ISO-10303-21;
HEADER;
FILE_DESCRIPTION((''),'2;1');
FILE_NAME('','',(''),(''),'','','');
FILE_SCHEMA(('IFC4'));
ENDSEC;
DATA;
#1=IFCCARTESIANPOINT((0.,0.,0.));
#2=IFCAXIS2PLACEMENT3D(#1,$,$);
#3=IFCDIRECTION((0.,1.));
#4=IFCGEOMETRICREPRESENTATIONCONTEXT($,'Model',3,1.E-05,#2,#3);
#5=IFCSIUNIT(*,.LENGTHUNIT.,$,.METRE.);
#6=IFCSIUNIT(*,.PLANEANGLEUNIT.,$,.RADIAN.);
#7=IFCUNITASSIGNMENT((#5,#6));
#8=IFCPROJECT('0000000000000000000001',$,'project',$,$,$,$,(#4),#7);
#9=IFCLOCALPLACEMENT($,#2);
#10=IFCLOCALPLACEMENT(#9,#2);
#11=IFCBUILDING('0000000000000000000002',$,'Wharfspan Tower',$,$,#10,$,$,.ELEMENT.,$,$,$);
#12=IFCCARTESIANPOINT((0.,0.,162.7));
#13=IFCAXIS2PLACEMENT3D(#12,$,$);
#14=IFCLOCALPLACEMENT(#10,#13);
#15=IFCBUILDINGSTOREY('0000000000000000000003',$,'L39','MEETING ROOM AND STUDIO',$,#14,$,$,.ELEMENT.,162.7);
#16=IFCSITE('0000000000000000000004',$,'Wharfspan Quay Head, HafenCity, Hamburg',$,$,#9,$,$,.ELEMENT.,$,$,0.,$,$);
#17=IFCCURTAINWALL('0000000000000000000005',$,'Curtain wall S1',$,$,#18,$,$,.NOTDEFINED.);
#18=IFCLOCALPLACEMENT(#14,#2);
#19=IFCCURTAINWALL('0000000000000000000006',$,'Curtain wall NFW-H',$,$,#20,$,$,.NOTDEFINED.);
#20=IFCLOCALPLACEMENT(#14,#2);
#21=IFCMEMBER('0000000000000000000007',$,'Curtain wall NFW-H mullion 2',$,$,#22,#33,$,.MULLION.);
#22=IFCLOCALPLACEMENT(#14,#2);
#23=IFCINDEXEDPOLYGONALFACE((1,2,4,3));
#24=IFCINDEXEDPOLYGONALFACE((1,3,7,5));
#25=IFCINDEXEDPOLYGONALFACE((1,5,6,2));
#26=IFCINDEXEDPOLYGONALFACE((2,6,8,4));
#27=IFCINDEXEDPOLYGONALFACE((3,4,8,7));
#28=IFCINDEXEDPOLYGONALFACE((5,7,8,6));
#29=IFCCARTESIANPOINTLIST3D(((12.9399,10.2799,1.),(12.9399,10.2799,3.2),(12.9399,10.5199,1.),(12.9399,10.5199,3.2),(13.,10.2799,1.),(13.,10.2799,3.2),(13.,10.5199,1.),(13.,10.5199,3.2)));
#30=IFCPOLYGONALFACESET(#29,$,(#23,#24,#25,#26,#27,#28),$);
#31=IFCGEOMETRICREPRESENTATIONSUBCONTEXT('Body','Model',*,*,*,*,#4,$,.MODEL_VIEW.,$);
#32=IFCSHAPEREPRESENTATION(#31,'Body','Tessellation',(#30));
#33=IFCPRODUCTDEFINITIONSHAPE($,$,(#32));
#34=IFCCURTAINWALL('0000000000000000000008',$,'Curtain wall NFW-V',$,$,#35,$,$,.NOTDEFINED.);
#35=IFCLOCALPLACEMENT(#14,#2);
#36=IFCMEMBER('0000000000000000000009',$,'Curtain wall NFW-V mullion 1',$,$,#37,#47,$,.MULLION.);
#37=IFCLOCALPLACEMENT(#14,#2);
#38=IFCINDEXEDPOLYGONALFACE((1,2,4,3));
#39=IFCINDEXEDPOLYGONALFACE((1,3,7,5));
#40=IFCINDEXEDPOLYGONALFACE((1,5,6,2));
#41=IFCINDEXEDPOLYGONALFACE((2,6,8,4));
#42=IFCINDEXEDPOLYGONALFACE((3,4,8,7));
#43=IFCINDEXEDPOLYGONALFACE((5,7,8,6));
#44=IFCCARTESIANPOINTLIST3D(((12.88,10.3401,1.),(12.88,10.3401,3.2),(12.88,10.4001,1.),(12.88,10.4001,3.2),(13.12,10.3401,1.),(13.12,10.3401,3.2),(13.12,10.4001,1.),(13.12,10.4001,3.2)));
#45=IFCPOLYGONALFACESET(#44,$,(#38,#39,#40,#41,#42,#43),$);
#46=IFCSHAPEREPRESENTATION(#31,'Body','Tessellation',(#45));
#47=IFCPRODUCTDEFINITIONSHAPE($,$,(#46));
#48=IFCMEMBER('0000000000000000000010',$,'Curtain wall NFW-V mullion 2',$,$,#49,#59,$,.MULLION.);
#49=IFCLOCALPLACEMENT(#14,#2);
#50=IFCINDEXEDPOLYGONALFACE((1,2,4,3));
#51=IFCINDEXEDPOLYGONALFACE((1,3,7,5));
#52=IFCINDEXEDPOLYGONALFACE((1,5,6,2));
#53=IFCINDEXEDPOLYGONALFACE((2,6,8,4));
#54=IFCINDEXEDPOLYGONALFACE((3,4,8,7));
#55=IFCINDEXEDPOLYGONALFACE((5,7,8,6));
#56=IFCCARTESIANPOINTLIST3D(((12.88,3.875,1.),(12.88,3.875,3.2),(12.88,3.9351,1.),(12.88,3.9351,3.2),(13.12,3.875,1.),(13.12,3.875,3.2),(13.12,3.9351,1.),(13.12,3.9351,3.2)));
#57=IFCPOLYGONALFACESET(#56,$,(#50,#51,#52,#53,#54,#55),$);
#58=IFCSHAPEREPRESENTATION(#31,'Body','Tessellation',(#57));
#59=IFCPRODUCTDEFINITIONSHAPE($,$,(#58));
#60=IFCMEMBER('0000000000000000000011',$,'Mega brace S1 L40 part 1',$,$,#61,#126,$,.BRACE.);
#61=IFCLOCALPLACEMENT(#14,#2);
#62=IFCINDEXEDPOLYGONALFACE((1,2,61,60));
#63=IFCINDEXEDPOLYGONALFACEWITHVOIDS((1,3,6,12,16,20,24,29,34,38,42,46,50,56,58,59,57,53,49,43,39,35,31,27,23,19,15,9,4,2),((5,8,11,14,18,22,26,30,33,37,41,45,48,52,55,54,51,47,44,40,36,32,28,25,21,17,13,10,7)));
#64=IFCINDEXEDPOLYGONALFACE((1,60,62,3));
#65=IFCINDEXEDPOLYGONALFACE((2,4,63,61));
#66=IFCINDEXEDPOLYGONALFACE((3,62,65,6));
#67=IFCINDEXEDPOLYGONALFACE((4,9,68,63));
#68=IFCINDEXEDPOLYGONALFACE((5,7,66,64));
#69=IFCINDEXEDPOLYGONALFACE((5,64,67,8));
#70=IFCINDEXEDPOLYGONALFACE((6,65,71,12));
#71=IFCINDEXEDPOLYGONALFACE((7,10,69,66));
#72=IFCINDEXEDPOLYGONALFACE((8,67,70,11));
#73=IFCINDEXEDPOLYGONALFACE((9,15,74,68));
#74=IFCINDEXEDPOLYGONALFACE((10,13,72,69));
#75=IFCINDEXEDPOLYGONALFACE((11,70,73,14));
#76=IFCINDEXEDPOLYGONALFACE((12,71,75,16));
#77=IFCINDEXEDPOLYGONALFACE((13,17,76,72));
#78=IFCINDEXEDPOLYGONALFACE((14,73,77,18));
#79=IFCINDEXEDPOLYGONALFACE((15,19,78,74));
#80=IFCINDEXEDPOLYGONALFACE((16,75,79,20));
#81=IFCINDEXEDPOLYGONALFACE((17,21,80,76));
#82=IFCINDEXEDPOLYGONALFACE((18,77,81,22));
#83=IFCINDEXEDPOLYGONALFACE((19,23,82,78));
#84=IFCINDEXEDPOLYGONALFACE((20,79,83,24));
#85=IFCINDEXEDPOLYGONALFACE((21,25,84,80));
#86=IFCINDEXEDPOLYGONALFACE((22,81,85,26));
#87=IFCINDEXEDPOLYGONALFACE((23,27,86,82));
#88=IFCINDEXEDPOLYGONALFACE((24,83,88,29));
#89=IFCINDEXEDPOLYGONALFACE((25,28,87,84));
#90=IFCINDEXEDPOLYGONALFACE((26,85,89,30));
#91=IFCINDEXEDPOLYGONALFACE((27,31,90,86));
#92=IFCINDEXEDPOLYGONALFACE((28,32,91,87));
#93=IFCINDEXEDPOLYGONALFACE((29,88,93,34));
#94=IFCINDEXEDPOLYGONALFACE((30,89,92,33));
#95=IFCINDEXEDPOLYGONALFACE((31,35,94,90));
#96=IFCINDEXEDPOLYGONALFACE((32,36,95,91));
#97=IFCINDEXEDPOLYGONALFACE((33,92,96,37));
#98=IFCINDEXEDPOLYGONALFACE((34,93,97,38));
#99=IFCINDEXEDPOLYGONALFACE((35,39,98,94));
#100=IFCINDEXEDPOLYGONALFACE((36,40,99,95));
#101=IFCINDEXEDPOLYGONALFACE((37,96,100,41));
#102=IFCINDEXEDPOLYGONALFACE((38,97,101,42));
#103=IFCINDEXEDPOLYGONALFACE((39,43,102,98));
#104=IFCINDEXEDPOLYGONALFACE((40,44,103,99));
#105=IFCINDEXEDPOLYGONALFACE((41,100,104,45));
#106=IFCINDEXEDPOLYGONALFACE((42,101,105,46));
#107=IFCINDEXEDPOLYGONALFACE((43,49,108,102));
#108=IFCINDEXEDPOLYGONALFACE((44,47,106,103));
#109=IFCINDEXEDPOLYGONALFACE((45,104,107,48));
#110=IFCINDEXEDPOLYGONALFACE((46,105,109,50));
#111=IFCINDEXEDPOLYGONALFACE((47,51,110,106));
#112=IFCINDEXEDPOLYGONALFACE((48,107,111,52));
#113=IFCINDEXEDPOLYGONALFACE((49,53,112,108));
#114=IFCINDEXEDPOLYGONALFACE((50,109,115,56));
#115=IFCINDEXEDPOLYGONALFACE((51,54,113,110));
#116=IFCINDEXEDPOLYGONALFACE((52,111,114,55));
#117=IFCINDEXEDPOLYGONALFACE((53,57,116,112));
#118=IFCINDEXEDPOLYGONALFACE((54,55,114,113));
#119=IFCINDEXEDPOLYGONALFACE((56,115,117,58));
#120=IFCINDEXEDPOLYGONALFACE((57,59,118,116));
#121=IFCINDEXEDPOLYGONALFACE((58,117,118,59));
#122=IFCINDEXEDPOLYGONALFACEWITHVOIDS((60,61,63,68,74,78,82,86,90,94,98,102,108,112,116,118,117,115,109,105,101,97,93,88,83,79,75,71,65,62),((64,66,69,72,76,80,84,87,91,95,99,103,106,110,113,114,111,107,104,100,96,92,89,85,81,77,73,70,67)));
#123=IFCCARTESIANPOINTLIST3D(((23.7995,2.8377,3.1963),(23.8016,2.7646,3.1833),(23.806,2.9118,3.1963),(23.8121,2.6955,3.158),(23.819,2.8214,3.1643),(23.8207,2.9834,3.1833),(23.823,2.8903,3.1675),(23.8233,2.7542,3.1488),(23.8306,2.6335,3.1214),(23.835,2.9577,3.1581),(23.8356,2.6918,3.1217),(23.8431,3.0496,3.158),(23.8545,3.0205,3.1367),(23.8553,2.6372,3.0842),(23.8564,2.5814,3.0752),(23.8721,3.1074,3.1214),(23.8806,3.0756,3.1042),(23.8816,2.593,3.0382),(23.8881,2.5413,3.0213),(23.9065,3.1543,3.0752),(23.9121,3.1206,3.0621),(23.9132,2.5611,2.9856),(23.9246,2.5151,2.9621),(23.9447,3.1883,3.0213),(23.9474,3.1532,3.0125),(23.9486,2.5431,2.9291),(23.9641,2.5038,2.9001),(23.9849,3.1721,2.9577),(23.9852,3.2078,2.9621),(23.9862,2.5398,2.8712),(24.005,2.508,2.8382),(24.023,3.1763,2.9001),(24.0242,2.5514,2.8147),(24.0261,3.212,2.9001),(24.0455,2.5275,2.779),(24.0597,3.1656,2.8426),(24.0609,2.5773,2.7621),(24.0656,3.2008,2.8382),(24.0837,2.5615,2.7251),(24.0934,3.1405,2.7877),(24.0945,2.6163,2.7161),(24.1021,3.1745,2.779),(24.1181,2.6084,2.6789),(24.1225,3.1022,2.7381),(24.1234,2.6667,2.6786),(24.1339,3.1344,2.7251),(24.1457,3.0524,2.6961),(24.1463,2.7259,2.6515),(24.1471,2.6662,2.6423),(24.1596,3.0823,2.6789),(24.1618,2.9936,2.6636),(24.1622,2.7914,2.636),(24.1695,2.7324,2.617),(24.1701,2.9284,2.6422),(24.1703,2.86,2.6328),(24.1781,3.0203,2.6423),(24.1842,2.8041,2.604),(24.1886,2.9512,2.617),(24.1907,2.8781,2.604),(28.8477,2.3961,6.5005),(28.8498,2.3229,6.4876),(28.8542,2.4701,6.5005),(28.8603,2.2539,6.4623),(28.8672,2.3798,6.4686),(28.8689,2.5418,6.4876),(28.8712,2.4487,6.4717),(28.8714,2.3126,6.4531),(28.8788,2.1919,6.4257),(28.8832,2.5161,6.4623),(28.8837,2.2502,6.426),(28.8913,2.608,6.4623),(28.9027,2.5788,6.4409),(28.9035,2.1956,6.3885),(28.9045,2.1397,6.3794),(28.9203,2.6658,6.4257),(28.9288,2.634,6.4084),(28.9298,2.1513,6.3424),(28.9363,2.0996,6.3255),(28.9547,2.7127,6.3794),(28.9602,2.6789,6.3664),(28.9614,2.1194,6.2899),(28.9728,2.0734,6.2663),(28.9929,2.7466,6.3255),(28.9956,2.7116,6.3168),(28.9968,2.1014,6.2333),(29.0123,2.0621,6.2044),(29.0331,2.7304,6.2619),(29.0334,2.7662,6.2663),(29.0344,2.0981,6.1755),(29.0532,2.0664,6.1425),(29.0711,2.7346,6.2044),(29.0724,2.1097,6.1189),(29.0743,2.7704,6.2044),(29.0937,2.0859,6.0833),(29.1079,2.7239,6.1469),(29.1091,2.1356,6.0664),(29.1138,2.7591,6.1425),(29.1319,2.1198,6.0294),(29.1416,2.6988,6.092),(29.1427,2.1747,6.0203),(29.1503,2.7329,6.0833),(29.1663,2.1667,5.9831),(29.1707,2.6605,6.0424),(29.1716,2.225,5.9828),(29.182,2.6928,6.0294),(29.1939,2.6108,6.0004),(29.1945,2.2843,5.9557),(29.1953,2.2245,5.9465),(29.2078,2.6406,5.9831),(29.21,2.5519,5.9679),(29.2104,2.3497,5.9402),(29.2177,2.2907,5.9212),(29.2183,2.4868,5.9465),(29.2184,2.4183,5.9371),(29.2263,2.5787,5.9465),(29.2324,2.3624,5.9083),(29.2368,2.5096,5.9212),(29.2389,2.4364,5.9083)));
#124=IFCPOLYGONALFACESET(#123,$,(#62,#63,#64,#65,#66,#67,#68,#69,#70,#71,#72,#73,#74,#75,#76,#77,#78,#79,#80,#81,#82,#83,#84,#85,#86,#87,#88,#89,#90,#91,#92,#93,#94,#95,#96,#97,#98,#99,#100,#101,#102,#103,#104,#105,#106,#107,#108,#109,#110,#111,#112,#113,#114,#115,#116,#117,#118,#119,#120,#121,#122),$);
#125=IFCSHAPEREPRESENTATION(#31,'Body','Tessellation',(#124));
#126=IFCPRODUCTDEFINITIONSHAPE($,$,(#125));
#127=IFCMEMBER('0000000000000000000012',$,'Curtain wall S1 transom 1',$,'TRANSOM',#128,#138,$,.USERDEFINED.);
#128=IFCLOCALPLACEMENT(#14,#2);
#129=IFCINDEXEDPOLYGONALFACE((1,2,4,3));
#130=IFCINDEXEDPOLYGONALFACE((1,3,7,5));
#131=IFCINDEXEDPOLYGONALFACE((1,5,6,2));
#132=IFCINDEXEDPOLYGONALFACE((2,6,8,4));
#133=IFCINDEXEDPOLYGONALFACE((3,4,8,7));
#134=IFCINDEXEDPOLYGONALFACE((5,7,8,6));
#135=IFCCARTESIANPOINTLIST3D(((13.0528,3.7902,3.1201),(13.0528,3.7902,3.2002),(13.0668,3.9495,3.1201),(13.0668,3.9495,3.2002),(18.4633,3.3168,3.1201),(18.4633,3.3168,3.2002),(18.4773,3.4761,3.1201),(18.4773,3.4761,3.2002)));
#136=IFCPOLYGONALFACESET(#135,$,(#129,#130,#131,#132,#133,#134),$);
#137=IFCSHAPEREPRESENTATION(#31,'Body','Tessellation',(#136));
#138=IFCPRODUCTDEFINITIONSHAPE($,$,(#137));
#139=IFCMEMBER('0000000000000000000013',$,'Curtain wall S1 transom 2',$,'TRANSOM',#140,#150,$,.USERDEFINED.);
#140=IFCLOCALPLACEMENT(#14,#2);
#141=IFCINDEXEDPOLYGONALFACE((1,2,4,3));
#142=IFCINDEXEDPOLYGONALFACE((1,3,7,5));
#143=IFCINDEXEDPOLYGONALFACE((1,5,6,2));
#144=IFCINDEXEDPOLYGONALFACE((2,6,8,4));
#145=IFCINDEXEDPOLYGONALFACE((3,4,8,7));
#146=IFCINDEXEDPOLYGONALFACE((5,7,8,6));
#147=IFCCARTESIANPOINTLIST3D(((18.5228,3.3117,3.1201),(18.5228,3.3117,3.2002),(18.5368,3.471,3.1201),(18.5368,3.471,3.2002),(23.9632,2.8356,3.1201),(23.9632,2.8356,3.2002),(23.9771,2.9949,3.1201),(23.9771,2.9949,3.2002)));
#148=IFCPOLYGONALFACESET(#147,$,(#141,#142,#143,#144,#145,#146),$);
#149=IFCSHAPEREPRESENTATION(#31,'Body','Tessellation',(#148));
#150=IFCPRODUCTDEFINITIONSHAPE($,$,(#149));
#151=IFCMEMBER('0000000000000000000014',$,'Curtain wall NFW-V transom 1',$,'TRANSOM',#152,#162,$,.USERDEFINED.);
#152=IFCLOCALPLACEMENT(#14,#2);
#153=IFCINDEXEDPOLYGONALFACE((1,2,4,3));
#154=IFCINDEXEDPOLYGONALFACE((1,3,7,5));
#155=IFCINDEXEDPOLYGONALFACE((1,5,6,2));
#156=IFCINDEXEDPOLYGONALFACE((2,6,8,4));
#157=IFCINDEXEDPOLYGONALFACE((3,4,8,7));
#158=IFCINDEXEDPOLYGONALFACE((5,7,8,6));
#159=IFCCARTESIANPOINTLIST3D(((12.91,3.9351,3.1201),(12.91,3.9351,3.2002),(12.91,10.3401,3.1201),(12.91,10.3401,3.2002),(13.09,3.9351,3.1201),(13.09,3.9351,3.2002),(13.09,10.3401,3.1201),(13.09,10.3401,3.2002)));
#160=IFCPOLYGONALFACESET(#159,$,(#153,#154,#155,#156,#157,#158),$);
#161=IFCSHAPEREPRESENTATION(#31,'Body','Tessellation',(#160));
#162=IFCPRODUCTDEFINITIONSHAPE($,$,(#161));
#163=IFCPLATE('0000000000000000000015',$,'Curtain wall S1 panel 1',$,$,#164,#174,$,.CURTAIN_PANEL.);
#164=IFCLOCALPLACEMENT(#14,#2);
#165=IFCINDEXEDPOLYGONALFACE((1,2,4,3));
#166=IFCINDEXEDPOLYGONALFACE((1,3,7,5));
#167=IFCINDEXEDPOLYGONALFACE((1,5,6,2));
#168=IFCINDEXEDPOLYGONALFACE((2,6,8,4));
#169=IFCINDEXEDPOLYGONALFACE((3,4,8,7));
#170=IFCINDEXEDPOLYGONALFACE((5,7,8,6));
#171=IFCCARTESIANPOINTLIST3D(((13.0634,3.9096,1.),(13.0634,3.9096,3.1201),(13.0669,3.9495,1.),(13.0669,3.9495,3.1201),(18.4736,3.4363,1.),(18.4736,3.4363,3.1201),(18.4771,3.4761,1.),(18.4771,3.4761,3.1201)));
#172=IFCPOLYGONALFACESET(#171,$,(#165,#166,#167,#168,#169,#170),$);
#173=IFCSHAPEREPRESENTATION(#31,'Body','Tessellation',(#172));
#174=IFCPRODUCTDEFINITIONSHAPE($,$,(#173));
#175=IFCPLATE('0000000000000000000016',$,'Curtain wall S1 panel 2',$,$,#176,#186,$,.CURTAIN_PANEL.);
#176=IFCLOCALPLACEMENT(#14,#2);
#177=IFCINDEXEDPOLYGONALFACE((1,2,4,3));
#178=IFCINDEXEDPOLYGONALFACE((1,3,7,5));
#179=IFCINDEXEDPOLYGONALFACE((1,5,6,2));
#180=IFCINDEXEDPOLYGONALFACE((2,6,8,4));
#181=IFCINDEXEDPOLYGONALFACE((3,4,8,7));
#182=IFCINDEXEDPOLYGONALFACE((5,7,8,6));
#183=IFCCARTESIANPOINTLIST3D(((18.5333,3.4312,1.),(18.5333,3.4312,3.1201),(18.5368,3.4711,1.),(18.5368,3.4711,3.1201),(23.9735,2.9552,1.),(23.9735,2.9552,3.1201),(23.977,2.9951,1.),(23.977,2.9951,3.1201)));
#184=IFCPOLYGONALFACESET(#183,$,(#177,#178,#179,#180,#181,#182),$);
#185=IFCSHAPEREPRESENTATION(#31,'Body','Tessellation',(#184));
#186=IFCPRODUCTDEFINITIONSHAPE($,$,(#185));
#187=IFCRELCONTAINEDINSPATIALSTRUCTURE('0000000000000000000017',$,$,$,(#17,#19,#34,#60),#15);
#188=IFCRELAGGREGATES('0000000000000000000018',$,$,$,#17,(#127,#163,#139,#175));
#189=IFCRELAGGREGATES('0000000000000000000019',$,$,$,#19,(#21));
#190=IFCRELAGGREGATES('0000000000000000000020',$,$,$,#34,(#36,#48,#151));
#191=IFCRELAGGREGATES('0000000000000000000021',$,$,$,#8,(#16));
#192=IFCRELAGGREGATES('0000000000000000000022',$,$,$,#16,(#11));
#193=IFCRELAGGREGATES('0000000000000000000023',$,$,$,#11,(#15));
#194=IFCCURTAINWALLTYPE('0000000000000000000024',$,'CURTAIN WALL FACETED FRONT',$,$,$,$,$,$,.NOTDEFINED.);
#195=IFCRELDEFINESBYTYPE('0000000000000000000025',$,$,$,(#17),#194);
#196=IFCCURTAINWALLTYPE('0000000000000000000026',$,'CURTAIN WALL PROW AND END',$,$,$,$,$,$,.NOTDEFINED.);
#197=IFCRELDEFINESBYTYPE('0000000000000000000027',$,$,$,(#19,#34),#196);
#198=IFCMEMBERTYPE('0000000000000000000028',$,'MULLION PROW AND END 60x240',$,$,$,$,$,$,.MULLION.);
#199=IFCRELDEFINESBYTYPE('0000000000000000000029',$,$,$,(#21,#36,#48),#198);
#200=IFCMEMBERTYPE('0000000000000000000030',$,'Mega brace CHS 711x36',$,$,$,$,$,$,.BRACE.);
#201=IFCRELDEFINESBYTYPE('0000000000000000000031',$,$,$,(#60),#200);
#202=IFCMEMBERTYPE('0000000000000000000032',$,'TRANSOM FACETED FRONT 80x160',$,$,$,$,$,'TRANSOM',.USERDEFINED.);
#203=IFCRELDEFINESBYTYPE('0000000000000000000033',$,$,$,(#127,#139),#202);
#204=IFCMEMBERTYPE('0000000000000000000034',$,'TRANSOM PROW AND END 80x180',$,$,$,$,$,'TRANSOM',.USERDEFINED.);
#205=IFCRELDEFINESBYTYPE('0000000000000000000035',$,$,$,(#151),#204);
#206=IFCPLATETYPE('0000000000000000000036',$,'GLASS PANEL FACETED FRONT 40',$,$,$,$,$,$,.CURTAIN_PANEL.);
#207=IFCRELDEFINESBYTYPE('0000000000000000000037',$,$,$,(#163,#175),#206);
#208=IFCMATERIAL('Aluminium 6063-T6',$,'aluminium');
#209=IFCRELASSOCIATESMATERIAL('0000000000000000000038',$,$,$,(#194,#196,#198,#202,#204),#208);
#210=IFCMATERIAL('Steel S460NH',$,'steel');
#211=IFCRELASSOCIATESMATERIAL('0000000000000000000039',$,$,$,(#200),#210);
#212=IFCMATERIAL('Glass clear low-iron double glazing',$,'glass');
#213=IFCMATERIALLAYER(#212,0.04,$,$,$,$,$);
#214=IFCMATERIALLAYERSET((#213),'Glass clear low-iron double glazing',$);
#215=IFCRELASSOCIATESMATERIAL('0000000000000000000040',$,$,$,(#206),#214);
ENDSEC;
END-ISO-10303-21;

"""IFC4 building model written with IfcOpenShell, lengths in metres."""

from ifc_helpers import new_model, si_unit, direction, frame, origin, origin_2d, place, context, subcontext, project, spatial, rectangle, hollow_circle, extrude, material, layer, layer_set, material_profile, profile_set, type_object, element, aggregate, save


model = new_model("IFC4")

# Units and contexts
model_context = context("Model", 3, precision=1e-05, world=origin(), true_north=direction((0.0, 1.0)))
body_context = subcontext(model_context, "Body", "Model", "MODEL_VIEW")
ifc_project = project(units=[si_unit("LENGTHUNIT", "METRE"), si_unit("PLANEANGLEUNIT", "RADIAN")], contexts=[model_context])

# Site, building, storey
site_placement = place(None, origin())
site = spatial("IfcSite", under=ifc_project, at=site_placement, Name="Wharfspan Quay Head, HafenCity, Hamburg", CompositionType="ELEMENT", RefElevation=0.0)
building_placement = place(site_placement, origin())
building = spatial("IfcBuilding", under=site, at=building_placement, Name="Wharfspan Tower", CompositionType="ELEMENT")
storey_placement = place(building_placement, frame((0.0, 0.0, 162.7)))
storey = spatial("IfcBuildingStorey", under=building, at=storey_placement, Name="L39", Description="MEETING ROOM AND STUDIO", CompositionType="ELEMENT", Elevation=162.7)

# Curtain wall
ifc_material_1 = material(Name="Aluminium 6063-T6", Category="aluminium")
curtain_wall_type_1 = type_object("IfcCurtainWallType", Name="CURTAIN WALL FACETED FRONT", PredefinedType="NOTDEFINED", material=ifc_material_1)
curtain_wall_1_placement = place(storey_placement, origin())
curtain_wall_1 = element("IfcCurtainWall", 1, at=curtain_wall_1_placement, inside=storey, type_object=curtain_wall_type_1, Name="Curtain wall S1", PredefinedType="NOTDEFINED")

# Curtain wall, member
curtain_wall_type_2 = type_object("IfcCurtainWallType", Name="CURTAIN WALL PROW AND END", PredefinedType="NOTDEFINED", material=ifc_material_1)
curtain_wall_2_placement = place(storey_placement, origin())
curtain_wall_2 = element("IfcCurtainWall", 2, at=curtain_wall_2_placement, inside=storey, type_object=curtain_wall_type_2, Name="Curtain wall NFW-H", PredefinedType="NOTDEFINED")
ifc_material_profile_1 = material_profile(ifc_material_1, rectangle(XDim=0.24, YDim=0.0601, at=origin_2d()))
ifc_profile_set_1 = profile_set([ifc_material_profile_1], Name="Aluminium 6063-T6")
member_type_1 = type_object("IfcMemberType", Name="MULLION PROW AND END 60x240", PredefinedType="MULLION", material=ifc_profile_set_1)
member_1_placement = place(storey_placement, frame((12.97, 10.3999, 1.0), z_axis=(0.0, 0.0, 1.0), x_axis=(0.0, 1.0, 0.0)))
member_1 = element("IfcMember", 3, at=member_1_placement, type_object=member_type_1, Name="Curtain wall NFW-H mullion 2", PredefinedType="MULLION", context=body_context, shape_type="SweptSolid", body=[
    extrude(rectangle(XDim=0.24, YDim=0.0601, at=origin_2d()), origin(), (0.0, 0.0, 1.0), 2.2),
])

# Curtain wall, members
curtain_wall_3_placement = place(storey_placement, origin())
curtain_wall_3 = element("IfcCurtainWall", 4, at=curtain_wall_3_placement, inside=storey, type_object=curtain_wall_type_2, Name="Curtain wall NFW-V", PredefinedType="NOTDEFINED")
member_2_placement = place(storey_placement, frame((13.0, 10.3701, 1.0), z_axis=(0.0, 0.0, 1.0), x_axis=(1.0, 0.0, 0.0)))
member_2 = element("IfcMember", 5, at=member_2_placement, type_object=member_type_1, Name="Curtain wall NFW-V mullion 1", PredefinedType="MULLION", context=body_context, shape_type="SweptSolid", body=[
    extrude(rectangle(XDim=0.24, YDim=0.0601, at=origin_2d()), origin(), (0.0, 0.0, 1.0), 2.2),
])
member_3_placement = place(storey_placement, frame((13.0, 3.905, 1.0), z_axis=(0.0, 0.0, 1.0), x_axis=(1.0, 0.0, 0.0)))
member_3 = element("IfcMember", 6, at=member_3_placement, type_object=member_type_1, Name="Curtain wall NFW-V mullion 2", PredefinedType="MULLION", context=body_context, shape_type="SweptSolid", body=[
    extrude(rectangle(XDim=0.24, YDim=0.0601, at=origin_2d()), origin(), (0.0, 0.0, 1.0), 2.2),
])

# Members
ifc_material_2 = material(Name="Steel S460NH", Category="steel")
ifc_material_profile_2 = material_profile(ifc_material_2, hollow_circle(Radius=0.3555, WallThickness=0.0359, at=origin_2d()))
ifc_profile_set_2 = profile_set([ifc_material_profile_2], Name="Steel S460NH")
member_type_2 = type_object("IfcMemberType", Name="Mega brace CHS 711x36", PredefinedType="BRACE", material=ifc_profile_set_2)
member_4_placement = place(storey_placement, frame((23.9951, 2.8579, 2.9001), z_axis=(0.834469, -0.073006, 0.546197), x_axis=(0.087156, 0.996198, -0.000001)))
element("IfcMember", 7, at=member_4_placement, inside=storey, type_object=member_type_2, Name="Mega brace S1 L40 part 1", PredefinedType="BRACE", context=body_context, shape_type="SweptSolid", body=[
    extrude(hollow_circle(Radius=0.3555, WallThickness=0.0359, at=origin_2d()), origin(), (0.0, 0.0, 1.0), 6.0496),
])
ifc_material_profile_3 = material_profile(ifc_material_1, rectangle(XDim=0.1599, YDim=0.0801, at=origin_2d()))
ifc_profile_set_3 = profile_set([ifc_material_profile_3], Name="Aluminium 6063-T6")
member_type_3 = type_object("IfcMemberType", Name="TRANSOM FACETED FRONT 80x160", ElementType="TRANSOM", PredefinedType="USERDEFINED", material=ifc_profile_set_3)
member_5_placement = place(storey_placement, frame((13.0598, 3.8699, 3.1602), z_axis=(0.996194, -0.087163, 0.0), x_axis=(0.087163, 0.996194, 0.0)))
member_5 = element("IfcMember", 8, at=member_5_placement, type_object=member_type_3, Name="Curtain wall S1 transom 1", ObjectType="TRANSOM", PredefinedType="USERDEFINED", context=body_context, shape_type="SweptSolid", body=[
    extrude(rectangle(XDim=0.1599, YDim=0.0801, at=origin_2d()), origin(), (0.0, 0.0, 1.0), 5.4312),
])
member_6_placement = place(storey_placement, frame((18.5298, 3.3914, 3.1602), z_axis=(0.996193, -0.087174, 0.0), x_axis=(0.087174, 0.996193, 0.0)))
member_6 = element("IfcMember", 9, at=member_6_placement, type_object=member_type_3, Name="Curtain wall S1 transom 2", ObjectType="TRANSOM", PredefinedType="USERDEFINED", context=body_context, shape_type="SweptSolid", body=[
    extrude(rectangle(XDim=0.1599, YDim=0.0801, at=origin_2d()), origin(), (0.0, 0.0, 1.0), 5.4612),
])
ifc_material_profile_4 = material_profile(ifc_material_1, rectangle(XDim=0.1799, YDim=0.0801, at=origin_2d()))
ifc_profile_set_4 = profile_set([ifc_material_profile_4], Name="Aluminium 6063-T6")
member_type_4 = type_object("IfcMemberType", Name="TRANSOM PROW AND END 80x180", ElementType="TRANSOM", PredefinedType="USERDEFINED", material=ifc_profile_set_4)
member_7_placement = place(storey_placement, frame((13.0, 10.3401, 3.1602), z_axis=(0.0, -1.0, 0.0), x_axis=(1.0, 0.0, 0.0)))
member_7 = element("IfcMember", 10, at=member_7_placement, type_object=member_type_4, Name="Curtain wall NFW-V transom 1", ObjectType="TRANSOM", PredefinedType="USERDEFINED", context=body_context, shape_type="SweptSolid", body=[
    extrude(rectangle(XDim=0.1799, YDim=0.0801, at=origin_2d()), origin(), (0.0, 0.0, 1.0), 6.405),
])

# Plates
ifc_material_3 = material(Name="Glass clear low-iron double glazing", Category="glass")
ifc_layer_1 = layer(ifc_material_3, 0.04)
ifc_layer_set_1 = layer_set([ifc_layer_1], Name="Glass clear low-iron double glazing")
plate_type_1 = type_object("IfcPlateType", Name="GLASS PANEL FACETED FRONT 40", PredefinedType="CURTAIN_PANEL", material=ifc_layer_set_1)
plate_1_placement = place(storey_placement, frame((15.7703, 3.6929, 1.0), z_axis=(0.0, 0.0, 1.0), x_axis=(0.996198, -0.087156, 0.0)))
plate_1 = element("IfcPlate", 11, at=plate_1_placement, type_object=plate_type_1, Name="Curtain wall S1 panel 1", PredefinedType="CURTAIN_PANEL", context=body_context, shape_type="SweptSolid", body=[
    extrude(rectangle(XDim=5.4309, YDim=0.04, at=origin_2d()), origin(), (0.0, 0.0, 1.0), 2.1201),
])
plate_2_placement = place(storey_placement, frame((21.2551, 3.2131, 1.0), z_axis=(0.0, 0.0, 1.0), x_axis=(0.996198, -0.087156, 0.0)))
plate_2 = element("IfcPlate", 12, at=plate_2_placement, type_object=plate_type_1, Name="Curtain wall S1 panel 2", PredefinedType="CURTAIN_PANEL", context=body_context, shape_type="SweptSolid", body=[
    extrude(rectangle(XDim=5.4609, YDim=0.04, at=origin_2d()), origin(), (0.0, 0.0, 1.0), 2.1201),
])
aggregate(curtain_wall_1, [member_5, plate_1, member_6, plate_2])
aggregate(curtain_wall_2, [member_1])
aggregate(curtain_wall_3, [member_2, member_3, member_7])

save(model, "model.ifc")
